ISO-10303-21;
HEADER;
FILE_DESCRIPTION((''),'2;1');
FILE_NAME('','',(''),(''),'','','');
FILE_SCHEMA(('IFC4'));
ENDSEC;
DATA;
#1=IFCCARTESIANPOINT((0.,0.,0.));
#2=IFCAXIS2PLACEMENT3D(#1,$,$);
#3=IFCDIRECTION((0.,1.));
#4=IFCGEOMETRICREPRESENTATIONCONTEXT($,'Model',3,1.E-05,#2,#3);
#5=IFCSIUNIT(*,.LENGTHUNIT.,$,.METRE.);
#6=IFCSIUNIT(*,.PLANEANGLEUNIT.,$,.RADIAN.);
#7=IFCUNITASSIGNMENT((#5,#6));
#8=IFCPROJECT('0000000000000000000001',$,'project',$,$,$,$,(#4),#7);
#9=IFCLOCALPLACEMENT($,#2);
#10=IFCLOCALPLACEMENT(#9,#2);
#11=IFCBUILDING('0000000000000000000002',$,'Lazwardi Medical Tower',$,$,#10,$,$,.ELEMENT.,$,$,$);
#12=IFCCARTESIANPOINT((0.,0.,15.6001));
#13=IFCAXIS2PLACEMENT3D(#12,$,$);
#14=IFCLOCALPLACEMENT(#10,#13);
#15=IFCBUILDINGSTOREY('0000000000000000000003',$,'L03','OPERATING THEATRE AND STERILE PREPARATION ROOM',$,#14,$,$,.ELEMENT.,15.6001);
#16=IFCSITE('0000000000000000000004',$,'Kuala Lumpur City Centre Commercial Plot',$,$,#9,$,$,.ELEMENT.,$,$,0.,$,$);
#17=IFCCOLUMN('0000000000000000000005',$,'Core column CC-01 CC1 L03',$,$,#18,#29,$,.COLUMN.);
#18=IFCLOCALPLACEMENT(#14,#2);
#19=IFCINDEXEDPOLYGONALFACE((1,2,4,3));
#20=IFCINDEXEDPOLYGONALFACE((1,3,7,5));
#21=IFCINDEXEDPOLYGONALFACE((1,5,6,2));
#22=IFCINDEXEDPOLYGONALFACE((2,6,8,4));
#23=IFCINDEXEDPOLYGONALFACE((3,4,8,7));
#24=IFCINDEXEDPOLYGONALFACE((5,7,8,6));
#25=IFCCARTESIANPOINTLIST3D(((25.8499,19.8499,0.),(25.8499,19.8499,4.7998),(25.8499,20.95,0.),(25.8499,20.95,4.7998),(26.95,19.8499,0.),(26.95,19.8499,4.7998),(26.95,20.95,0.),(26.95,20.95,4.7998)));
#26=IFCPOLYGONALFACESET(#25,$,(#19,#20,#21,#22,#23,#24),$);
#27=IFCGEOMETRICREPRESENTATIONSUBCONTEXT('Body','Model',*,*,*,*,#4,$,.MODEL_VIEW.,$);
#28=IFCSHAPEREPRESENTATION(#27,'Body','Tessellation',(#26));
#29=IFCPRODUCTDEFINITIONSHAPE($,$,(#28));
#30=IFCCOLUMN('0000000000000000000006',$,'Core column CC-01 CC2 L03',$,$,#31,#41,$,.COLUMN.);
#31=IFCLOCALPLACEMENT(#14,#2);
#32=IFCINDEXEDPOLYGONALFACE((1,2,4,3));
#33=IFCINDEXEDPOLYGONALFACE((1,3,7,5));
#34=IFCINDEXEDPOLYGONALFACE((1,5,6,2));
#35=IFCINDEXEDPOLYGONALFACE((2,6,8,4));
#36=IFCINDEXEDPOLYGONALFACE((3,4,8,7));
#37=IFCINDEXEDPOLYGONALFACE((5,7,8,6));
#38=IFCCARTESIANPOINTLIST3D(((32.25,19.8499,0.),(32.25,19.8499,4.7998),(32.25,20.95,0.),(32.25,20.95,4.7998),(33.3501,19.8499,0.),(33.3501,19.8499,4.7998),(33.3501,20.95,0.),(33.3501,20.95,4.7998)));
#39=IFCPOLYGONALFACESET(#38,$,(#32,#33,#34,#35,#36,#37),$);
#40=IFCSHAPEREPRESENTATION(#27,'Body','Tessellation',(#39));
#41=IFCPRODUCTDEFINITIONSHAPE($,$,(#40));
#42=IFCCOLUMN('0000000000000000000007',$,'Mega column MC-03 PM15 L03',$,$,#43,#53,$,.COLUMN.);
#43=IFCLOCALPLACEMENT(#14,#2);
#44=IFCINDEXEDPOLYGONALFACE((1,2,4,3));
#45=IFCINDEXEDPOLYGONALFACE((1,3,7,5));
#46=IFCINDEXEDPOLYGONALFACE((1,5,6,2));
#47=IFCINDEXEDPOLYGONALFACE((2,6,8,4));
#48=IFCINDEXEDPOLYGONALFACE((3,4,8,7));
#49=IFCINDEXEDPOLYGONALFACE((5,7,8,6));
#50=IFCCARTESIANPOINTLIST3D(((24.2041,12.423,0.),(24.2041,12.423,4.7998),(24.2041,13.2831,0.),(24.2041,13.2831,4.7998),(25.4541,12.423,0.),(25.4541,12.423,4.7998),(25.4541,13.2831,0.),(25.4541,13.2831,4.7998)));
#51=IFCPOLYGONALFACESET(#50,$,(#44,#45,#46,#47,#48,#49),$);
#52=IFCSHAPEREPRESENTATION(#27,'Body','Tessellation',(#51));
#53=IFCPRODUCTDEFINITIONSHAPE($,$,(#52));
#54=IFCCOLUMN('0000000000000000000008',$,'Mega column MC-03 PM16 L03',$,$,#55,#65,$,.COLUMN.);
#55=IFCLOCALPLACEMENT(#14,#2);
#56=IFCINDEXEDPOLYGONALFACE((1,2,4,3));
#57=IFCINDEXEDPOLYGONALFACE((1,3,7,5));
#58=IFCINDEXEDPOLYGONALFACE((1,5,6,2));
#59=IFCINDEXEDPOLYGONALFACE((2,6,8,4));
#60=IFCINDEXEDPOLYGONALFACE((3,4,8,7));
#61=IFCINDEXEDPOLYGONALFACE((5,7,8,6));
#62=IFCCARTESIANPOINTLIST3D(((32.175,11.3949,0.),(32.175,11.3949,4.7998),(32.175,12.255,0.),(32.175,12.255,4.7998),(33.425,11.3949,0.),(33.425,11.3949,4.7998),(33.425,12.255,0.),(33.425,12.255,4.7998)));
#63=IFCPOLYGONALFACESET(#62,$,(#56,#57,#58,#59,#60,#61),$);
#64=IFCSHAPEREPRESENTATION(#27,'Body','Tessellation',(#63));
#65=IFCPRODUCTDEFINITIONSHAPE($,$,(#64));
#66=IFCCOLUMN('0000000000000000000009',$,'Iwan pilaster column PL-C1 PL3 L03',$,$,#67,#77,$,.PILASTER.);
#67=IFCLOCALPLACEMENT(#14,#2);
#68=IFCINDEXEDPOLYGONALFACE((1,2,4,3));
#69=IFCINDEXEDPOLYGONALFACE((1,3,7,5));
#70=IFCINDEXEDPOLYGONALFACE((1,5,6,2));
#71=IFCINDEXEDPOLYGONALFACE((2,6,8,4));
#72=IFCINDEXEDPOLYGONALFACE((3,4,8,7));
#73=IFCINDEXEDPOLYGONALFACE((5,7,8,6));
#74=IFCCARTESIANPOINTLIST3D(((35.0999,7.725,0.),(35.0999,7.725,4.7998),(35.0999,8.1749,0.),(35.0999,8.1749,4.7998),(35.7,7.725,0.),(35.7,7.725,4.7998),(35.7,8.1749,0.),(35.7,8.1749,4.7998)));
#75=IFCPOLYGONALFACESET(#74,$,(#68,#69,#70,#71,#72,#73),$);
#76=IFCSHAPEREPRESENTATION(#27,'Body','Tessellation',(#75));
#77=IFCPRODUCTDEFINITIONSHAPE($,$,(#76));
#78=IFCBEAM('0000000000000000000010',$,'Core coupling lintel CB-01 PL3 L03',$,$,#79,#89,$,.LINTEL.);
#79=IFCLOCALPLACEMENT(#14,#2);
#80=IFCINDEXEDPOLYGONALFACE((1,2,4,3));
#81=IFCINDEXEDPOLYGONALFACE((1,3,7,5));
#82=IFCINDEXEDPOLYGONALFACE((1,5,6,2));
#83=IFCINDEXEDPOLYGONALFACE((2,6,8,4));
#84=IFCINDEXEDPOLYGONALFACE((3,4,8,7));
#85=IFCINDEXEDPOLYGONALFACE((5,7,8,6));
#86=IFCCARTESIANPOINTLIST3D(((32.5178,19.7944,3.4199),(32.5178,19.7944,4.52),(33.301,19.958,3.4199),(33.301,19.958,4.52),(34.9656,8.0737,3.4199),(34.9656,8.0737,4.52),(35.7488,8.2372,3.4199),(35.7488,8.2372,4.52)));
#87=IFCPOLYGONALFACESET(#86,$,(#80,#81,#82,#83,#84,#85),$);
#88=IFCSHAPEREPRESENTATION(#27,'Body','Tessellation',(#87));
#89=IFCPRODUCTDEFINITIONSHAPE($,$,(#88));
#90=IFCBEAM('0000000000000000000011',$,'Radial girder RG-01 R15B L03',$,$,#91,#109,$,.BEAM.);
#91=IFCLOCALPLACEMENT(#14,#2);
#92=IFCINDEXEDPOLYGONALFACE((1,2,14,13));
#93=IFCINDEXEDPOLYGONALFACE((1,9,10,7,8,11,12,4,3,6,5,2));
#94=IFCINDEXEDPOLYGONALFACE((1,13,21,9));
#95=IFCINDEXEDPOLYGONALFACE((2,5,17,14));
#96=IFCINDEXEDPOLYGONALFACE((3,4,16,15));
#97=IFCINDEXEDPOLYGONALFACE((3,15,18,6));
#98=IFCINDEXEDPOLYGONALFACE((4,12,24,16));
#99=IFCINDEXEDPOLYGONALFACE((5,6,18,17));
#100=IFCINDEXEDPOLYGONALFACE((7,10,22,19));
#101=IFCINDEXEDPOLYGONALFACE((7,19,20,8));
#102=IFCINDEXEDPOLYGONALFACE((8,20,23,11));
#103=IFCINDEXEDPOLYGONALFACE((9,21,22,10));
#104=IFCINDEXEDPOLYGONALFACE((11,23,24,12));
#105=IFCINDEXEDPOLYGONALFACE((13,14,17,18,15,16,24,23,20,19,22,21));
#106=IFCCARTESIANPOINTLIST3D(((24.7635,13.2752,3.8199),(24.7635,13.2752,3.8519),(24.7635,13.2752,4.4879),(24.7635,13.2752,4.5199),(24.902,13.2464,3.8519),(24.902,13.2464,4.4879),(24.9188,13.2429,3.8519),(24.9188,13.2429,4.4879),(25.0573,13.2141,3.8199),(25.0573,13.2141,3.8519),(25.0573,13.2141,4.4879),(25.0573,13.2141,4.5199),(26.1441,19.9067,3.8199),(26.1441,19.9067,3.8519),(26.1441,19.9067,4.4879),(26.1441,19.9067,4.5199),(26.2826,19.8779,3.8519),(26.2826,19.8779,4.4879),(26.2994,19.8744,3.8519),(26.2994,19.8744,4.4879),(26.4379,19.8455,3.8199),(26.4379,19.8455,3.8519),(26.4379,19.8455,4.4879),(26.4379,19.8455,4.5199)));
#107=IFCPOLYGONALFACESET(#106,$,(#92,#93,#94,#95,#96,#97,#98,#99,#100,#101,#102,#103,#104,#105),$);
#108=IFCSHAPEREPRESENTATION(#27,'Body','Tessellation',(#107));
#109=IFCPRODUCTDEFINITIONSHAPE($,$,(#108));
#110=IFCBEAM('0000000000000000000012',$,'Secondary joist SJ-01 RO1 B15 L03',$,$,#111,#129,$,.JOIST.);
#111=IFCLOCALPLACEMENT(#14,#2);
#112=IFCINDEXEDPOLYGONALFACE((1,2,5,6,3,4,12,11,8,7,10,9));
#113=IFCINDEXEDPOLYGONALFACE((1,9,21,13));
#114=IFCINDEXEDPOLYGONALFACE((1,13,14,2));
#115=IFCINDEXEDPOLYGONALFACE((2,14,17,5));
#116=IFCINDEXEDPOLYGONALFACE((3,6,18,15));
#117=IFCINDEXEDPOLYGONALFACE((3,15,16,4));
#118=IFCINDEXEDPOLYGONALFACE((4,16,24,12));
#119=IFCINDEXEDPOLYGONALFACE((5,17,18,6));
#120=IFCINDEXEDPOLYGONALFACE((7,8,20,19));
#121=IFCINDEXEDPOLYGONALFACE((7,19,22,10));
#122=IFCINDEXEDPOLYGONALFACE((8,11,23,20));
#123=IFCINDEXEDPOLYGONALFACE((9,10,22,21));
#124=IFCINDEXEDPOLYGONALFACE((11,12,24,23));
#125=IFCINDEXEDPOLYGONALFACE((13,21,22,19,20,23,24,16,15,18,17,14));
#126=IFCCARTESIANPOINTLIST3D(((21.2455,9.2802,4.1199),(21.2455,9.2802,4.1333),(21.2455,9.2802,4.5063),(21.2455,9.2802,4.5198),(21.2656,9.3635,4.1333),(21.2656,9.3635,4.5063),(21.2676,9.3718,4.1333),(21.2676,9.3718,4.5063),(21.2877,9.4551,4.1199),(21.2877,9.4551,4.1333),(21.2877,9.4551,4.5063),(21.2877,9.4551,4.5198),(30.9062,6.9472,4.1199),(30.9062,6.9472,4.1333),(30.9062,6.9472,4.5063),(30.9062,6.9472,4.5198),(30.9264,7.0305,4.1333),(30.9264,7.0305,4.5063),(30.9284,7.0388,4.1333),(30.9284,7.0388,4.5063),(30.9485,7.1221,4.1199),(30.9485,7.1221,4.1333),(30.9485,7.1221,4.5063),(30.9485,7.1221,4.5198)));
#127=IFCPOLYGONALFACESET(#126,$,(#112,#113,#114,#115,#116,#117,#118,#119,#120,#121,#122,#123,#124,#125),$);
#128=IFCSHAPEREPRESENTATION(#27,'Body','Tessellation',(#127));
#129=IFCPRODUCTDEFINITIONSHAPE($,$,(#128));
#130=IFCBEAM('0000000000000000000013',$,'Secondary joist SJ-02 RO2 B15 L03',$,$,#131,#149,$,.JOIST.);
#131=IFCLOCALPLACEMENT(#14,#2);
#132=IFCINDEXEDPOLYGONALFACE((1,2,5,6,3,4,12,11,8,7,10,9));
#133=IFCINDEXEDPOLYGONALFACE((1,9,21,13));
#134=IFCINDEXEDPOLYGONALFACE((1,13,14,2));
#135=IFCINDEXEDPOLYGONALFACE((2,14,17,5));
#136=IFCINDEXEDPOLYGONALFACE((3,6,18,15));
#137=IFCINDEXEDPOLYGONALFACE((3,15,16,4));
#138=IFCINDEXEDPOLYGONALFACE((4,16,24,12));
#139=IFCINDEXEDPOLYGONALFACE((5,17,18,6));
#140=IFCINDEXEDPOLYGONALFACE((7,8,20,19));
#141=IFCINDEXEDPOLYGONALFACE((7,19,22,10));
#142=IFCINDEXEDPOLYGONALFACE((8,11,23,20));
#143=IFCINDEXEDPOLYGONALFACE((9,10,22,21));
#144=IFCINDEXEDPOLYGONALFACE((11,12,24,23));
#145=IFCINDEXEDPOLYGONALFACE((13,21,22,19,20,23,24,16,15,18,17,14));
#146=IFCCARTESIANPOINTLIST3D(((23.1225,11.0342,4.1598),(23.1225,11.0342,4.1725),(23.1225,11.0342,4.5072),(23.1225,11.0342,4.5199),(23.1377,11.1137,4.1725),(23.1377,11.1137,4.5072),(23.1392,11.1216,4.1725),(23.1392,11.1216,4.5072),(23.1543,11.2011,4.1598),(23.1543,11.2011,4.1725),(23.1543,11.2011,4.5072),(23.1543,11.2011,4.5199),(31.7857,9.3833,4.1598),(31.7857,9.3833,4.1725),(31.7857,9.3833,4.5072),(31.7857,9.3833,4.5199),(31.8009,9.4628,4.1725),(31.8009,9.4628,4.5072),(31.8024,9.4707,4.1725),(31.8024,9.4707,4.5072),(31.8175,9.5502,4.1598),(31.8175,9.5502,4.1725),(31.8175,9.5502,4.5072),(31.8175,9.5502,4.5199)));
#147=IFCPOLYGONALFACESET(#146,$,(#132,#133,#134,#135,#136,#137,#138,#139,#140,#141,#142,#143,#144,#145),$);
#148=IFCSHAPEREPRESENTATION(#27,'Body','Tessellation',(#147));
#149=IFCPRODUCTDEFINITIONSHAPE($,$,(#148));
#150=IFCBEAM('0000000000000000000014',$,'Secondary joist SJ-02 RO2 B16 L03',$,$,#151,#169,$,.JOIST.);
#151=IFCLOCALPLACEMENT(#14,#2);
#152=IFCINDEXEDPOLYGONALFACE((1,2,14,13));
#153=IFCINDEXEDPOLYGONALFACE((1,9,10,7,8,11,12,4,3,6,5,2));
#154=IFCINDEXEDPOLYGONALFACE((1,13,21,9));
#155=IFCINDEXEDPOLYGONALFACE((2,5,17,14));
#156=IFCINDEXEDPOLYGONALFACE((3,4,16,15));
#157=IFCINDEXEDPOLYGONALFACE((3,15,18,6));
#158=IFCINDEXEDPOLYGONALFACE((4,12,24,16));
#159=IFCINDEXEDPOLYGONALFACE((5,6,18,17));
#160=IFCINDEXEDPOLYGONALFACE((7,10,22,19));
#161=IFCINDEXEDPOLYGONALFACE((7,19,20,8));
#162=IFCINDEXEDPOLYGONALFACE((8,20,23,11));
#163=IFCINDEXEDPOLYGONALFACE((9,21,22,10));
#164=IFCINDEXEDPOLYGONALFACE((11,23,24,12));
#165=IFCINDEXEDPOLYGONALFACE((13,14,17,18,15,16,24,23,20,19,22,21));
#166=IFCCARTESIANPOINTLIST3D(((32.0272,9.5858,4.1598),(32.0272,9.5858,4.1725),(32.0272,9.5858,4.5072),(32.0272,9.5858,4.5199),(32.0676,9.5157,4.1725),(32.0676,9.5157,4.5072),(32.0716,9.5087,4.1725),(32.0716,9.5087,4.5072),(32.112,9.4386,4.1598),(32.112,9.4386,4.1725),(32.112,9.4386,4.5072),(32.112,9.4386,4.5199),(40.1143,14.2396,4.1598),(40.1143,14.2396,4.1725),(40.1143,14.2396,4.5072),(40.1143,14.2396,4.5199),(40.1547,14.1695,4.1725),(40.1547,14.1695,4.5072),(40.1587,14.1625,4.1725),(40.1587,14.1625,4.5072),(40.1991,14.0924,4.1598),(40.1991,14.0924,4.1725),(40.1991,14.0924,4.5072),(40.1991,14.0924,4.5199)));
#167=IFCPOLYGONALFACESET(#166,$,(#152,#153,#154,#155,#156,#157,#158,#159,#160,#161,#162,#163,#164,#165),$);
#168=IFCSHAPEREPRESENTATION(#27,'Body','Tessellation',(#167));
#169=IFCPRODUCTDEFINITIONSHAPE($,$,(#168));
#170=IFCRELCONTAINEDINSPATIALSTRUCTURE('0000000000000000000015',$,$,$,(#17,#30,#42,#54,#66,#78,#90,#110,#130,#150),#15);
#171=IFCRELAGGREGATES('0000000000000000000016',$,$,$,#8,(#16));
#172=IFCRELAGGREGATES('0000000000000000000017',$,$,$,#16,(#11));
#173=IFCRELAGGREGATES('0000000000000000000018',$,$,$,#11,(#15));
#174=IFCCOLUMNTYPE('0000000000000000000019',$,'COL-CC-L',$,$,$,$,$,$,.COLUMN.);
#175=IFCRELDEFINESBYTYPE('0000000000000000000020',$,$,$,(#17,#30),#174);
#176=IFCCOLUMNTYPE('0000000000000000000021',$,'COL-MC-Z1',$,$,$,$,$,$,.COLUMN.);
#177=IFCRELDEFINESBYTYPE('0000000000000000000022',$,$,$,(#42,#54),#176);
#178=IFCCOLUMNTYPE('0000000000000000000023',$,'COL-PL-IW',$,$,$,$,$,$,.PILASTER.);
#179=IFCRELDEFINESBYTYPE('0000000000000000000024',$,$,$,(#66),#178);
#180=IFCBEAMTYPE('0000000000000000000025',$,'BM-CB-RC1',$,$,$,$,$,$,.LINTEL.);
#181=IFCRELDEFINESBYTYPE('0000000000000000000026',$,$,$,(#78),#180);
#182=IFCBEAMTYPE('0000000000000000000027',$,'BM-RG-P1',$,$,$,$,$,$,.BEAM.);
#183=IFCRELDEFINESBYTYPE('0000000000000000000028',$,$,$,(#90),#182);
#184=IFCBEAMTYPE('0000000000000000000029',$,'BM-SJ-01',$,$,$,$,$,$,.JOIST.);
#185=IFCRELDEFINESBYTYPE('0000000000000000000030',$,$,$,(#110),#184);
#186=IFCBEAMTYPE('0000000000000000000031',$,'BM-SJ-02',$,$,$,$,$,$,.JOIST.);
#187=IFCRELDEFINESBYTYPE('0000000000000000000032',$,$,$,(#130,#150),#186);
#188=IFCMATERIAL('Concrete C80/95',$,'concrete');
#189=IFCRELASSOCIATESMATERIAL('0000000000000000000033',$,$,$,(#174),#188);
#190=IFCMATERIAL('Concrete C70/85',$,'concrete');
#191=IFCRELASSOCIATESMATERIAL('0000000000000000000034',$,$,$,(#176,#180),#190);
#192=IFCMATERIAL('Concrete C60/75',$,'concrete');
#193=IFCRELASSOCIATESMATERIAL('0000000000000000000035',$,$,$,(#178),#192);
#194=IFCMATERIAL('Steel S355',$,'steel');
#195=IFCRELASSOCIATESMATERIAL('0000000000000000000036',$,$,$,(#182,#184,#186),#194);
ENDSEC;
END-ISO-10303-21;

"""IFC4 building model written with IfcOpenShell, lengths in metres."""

from ifc_helpers import new_model, si_unit, direction, frame, origin, origin_2d, place, context, subcontext, project, spatial, rectangle, i_section, extrude, material, material_profile, profile_set, type_object, element, save


model = new_model("IFC4")

# Units and contexts
model_context = context("Model", 3, precision=1e-05, world=origin(), true_north=direction((0.0, 1.0)))
body_context = subcontext(model_context, "Body", "Model", "MODEL_VIEW")
ifc_project = project(units=[si_unit("LENGTHUNIT", "METRE"), si_unit("PLANEANGLEUNIT", "RADIAN")], contexts=[model_context])

# Site, building, storey
site_placement = place(None, origin())
site = spatial("IfcSite", under=ifc_project, at=site_placement, Name="Kuala Lumpur City Centre Commercial Plot", CompositionType="ELEMENT", RefElevation=0.0)
building_placement = place(site_placement, origin())
building = spatial("IfcBuilding", under=site, at=building_placement, Name="Lazwardi Medical Tower", CompositionType="ELEMENT")
storey_placement = place(building_placement, frame((0.0, 0.0, 15.6001)))
storey = spatial("IfcBuildingStorey", under=building, at=storey_placement, Name="L03", Description="OPERATING THEATRE AND STERILE PREPARATION ROOM", CompositionType="ELEMENT", Elevation=15.6001)

# Columns
ifc_material_1 = material(Name="Concrete C80/95", Category="concrete")
ifc_material_profile_1 = material_profile(ifc_material_1, rectangle(XDim=1.1001, YDim=1.1001, at=origin_2d()), Name="RC 1100x1100")
ifc_profile_set_1 = profile_set([ifc_material_profile_1], Name="Concrete C80/95")
column_type_1 = type_object("IfcColumnType", Name="COL-CC-L", PredefinedType="COLUMN", material=ifc_profile_set_1)
for number, where, z_axis, x_axis, name in (
    (1, (26.3999, 20.3999, 0.0), (0.0, 0.0, 1.0), (1.0, 0.0, 0.0), "Core column CC-01 CC1 L03"),
    (2, (32.8, 20.3999, 0.0), (0.0, 0.0, 1.0), (1.0, 0.0, 0.0), "Core column CC-01 CC2 L03"),
):
    element("IfcColumn", number, at=place(storey_placement, frame(where, z_axis=z_axis, x_axis=x_axis)), inside=storey, type_object=column_type_1, Name=name, PredefinedType="COLUMN", context=body_context, shape_type="SweptSolid", body=[
        extrude(rectangle(XDim=1.1001, YDim=1.1001, at=origin_2d()), origin(), (0.0, 0.0, 1.0), 4.7998),
    ])
ifc_material_2 = material(Name="Concrete C70/85", Category="concrete")
ifc_material_profile_2 = material_profile(ifc_material_2, rectangle(XDim=1.25, YDim=0.8601, at=origin_2d()), Name="CFT-RECT 1250x860")
ifc_profile_set_2 = profile_set([ifc_material_profile_2], Name="Concrete C70/85")
column_type_2 = type_object("IfcColumnType", Name="COL-MC-Z1", PredefinedType="COLUMN", material=ifc_profile_set_2)
for number, where, z_axis, x_axis, name in (
    (3, (24.8291, 12.853, 0.0), (0.0, 0.0, 1.0), (1.0, 0.0, 0.0), "Mega column MC-03 PM15 L03"),
    (4, (32.8, 11.825, 0.0), (0.0, 0.0, 1.0), (1.0, 0.0, 0.0), "Mega column MC-03 PM16 L03"),
):
    element("IfcColumn", number, at=place(storey_placement, frame(where, z_axis=z_axis, x_axis=x_axis)), inside=storey, type_object=column_type_2, Name=name, PredefinedType="COLUMN", context=body_context, shape_type="SweptSolid", body=[
        extrude(rectangle(XDim=1.25, YDim=0.8601, at=origin_2d()), origin(), (0.0, 0.0, 1.0), 4.7998),
    ])
ifc_material_3 = material(Name="Concrete C60/75", Category="concrete")
ifc_material_profile_3 = material_profile(ifc_material_3, rectangle(XDim=0.6001, YDim=0.45, at=origin_2d()), Name="RC 600x450")
ifc_profile_set_3 = profile_set([ifc_material_profile_3], Name="Concrete C60/75")
column_type_3 = type_object("IfcColumnType", Name="COL-PL-IW", PredefinedType="PILASTER", material=ifc_profile_set_3)
column_placement = place(storey_placement, frame((35.3999, 7.95, 0.0), z_axis=(0.0, 0.0, 1.0), x_axis=(1.0, 0.0, 0.0)))
element("IfcColumn", 5, at=column_placement, inside=storey, type_object=column_type_3, Name="Iwan pilaster column PL-C1 PL3 L03", PredefinedType="PILASTER", context=body_context, shape_type="SweptSolid", body=[
    extrude(rectangle(XDim=0.6001, YDim=0.45, at=origin_2d()), origin(), (0.0, 0.0, 1.0), 4.7998),
])

# Beams
ifc_material_profile_4 = material_profile(ifc_material_2, rectangle(XDim=0.8, YDim=1.1001, at=origin_2d()), Name="RC 800x1100")
ifc_profile_set_4 = profile_set([ifc_material_profile_4], Name="Concrete C70/85")
beam_type_1 = type_object("IfcBeamType", Name="BM-CB-RC1", PredefinedType="LINTEL", material=ifc_profile_set_4)
beam_1_placement = place(storey_placement, frame((32.9094, 19.8762, 3.97), z_axis=(0.20443, -0.978881, 0.0), x_axis=(0.978881, 0.20443, 0.0)))
element("IfcBeam", 6, at=beam_1_placement, inside=storey, type_object=beam_type_1, Name="Core coupling lintel CB-01 PL3 L03", PredefinedType="LINTEL", context=body_context, shape_type="SweptSolid", body=[
    extrude(rectangle(XDim=0.8, YDim=1.1001, at=origin_2d()), origin(), (0.0, 0.0, 1.0), 11.9736),
])
ifc_material_4 = material(Name="Steel S355", Category="steel")
ifc_material_profile_5 = material_profile(ifc_material_4, i_section(OverallWidth=0.3, OverallDepth=0.7, WebThickness=0.0171, FlangeThickness=0.032, at=origin_2d()), Name="HEB 700")
ifc_profile_set_5 = profile_set([ifc_material_profile_5], Name="Steel S355")
beam_type_2 = type_object("IfcBeamType", Name="BM-RG-P1", PredefinedType="BEAM", material=ifc_profile_set_5)
beam_2_placement = place(storey_placement, frame((24.9104, 13.2446, 4.1699), z_axis=(0.203818, 0.979009, 0.0), x_axis=(-0.979009, 0.203818, 0.0)))
element("IfcBeam", 7, at=beam_2_placement, inside=storey, type_object=beam_type_2, Name="Radial girder RG-01 R15B L03", PredefinedType="BEAM", context=body_context, shape_type="SweptSolid", body=[
    extrude(i_section(OverallWidth=0.3, OverallDepth=0.7, WebThickness=0.0171, FlangeThickness=0.032, at=origin_2d()), origin(), (0.0, 0.0, 1.0), 6.7737),
])
ifc_material_profile_6 = material_profile(ifc_material_4, i_section(OverallWidth=0.1799, OverallDepth=0.3999, WebThickness=0.0085, FlangeThickness=0.0134, at=origin_2d()), Name="IPE 400")
ifc_profile_set_6 = profile_set([ifc_material_profile_6], Name="Steel S355")
beam_type_3 = type_object("IfcBeamType", Name="BM-SJ-01", PredefinedType="JOIST", material=ifc_profile_set_6)
beam_3_placement = place(storey_placement, frame((21.2666, 9.3677, 4.3198), z_axis=(0.972056, -0.234748, 0.0), x_axis=(0.234748, 0.972056, 0.0)))
element("IfcBeam", 8, at=beam_3_placement, inside=storey, type_object=beam_type_3, Name="Secondary joist SJ-01 RO1 B15 L03", PredefinedType="JOIST", context=body_context, shape_type="SweptSolid", body=[
    extrude(i_section(OverallWidth=0.1799, OverallDepth=0.3999, WebThickness=0.0085, FlangeThickness=0.0134, at=origin_2d()), origin(), (0.0, 0.0, 1.0), 9.9385),
])
ifc_material_profile_7 = material_profile(ifc_material_4, i_section(OverallWidth=0.1699, OverallDepth=0.3601, WebThickness=0.0081, FlangeThickness=0.0127, at=origin_2d()), Name="IPE 360")
ifc_profile_set_7 = profile_set([ifc_material_profile_7], Name="Steel S355")
beam_type_4 = type_object("IfcBeamType", Name="BM-SJ-02", PredefinedType="JOIST", material=ifc_profile_set_7)
beam_4_placement = place(storey_placement, frame((23.1384, 11.1177, 4.3398), z_axis=(0.982323, -0.187196, 0.0), x_axis=(0.187196, 0.982323, 0.0)))
element("IfcBeam", 9, at=beam_4_placement, inside=storey, type_object=beam_type_4, Name="Secondary joist SJ-02 RO2 B15 L03", PredefinedType="JOIST", context=body_context, shape_type="SweptSolid", body=[
    extrude(i_section(OverallWidth=0.1699, OverallDepth=0.3601, WebThickness=0.0081, FlangeThickness=0.0127, at=origin_2d()), origin(), (0.0, 0.0, 1.0), 8.8191),
])
beam_5_placement = place(storey_placement, frame((32.0696, 9.5122, 4.3398), z_axis=(0.866735, 0.498769, 0.0), x_axis=(-0.498769, 0.866735, 0.0)))
element("IfcBeam", 10, at=beam_5_placement, inside=storey, type_object=beam_type_4, Name="Secondary joist SJ-02 RO2 B16 L03", PredefinedType="JOIST", context=body_context, shape_type="SweptSolid", body=[
    extrude(i_section(OverallWidth=0.1699, OverallDepth=0.3601, WebThickness=0.0081, FlangeThickness=0.0127, at=origin_2d()), origin(), (0.0, 0.0, 1.0), 9.3306),
])

save(model, "model.ifc")
